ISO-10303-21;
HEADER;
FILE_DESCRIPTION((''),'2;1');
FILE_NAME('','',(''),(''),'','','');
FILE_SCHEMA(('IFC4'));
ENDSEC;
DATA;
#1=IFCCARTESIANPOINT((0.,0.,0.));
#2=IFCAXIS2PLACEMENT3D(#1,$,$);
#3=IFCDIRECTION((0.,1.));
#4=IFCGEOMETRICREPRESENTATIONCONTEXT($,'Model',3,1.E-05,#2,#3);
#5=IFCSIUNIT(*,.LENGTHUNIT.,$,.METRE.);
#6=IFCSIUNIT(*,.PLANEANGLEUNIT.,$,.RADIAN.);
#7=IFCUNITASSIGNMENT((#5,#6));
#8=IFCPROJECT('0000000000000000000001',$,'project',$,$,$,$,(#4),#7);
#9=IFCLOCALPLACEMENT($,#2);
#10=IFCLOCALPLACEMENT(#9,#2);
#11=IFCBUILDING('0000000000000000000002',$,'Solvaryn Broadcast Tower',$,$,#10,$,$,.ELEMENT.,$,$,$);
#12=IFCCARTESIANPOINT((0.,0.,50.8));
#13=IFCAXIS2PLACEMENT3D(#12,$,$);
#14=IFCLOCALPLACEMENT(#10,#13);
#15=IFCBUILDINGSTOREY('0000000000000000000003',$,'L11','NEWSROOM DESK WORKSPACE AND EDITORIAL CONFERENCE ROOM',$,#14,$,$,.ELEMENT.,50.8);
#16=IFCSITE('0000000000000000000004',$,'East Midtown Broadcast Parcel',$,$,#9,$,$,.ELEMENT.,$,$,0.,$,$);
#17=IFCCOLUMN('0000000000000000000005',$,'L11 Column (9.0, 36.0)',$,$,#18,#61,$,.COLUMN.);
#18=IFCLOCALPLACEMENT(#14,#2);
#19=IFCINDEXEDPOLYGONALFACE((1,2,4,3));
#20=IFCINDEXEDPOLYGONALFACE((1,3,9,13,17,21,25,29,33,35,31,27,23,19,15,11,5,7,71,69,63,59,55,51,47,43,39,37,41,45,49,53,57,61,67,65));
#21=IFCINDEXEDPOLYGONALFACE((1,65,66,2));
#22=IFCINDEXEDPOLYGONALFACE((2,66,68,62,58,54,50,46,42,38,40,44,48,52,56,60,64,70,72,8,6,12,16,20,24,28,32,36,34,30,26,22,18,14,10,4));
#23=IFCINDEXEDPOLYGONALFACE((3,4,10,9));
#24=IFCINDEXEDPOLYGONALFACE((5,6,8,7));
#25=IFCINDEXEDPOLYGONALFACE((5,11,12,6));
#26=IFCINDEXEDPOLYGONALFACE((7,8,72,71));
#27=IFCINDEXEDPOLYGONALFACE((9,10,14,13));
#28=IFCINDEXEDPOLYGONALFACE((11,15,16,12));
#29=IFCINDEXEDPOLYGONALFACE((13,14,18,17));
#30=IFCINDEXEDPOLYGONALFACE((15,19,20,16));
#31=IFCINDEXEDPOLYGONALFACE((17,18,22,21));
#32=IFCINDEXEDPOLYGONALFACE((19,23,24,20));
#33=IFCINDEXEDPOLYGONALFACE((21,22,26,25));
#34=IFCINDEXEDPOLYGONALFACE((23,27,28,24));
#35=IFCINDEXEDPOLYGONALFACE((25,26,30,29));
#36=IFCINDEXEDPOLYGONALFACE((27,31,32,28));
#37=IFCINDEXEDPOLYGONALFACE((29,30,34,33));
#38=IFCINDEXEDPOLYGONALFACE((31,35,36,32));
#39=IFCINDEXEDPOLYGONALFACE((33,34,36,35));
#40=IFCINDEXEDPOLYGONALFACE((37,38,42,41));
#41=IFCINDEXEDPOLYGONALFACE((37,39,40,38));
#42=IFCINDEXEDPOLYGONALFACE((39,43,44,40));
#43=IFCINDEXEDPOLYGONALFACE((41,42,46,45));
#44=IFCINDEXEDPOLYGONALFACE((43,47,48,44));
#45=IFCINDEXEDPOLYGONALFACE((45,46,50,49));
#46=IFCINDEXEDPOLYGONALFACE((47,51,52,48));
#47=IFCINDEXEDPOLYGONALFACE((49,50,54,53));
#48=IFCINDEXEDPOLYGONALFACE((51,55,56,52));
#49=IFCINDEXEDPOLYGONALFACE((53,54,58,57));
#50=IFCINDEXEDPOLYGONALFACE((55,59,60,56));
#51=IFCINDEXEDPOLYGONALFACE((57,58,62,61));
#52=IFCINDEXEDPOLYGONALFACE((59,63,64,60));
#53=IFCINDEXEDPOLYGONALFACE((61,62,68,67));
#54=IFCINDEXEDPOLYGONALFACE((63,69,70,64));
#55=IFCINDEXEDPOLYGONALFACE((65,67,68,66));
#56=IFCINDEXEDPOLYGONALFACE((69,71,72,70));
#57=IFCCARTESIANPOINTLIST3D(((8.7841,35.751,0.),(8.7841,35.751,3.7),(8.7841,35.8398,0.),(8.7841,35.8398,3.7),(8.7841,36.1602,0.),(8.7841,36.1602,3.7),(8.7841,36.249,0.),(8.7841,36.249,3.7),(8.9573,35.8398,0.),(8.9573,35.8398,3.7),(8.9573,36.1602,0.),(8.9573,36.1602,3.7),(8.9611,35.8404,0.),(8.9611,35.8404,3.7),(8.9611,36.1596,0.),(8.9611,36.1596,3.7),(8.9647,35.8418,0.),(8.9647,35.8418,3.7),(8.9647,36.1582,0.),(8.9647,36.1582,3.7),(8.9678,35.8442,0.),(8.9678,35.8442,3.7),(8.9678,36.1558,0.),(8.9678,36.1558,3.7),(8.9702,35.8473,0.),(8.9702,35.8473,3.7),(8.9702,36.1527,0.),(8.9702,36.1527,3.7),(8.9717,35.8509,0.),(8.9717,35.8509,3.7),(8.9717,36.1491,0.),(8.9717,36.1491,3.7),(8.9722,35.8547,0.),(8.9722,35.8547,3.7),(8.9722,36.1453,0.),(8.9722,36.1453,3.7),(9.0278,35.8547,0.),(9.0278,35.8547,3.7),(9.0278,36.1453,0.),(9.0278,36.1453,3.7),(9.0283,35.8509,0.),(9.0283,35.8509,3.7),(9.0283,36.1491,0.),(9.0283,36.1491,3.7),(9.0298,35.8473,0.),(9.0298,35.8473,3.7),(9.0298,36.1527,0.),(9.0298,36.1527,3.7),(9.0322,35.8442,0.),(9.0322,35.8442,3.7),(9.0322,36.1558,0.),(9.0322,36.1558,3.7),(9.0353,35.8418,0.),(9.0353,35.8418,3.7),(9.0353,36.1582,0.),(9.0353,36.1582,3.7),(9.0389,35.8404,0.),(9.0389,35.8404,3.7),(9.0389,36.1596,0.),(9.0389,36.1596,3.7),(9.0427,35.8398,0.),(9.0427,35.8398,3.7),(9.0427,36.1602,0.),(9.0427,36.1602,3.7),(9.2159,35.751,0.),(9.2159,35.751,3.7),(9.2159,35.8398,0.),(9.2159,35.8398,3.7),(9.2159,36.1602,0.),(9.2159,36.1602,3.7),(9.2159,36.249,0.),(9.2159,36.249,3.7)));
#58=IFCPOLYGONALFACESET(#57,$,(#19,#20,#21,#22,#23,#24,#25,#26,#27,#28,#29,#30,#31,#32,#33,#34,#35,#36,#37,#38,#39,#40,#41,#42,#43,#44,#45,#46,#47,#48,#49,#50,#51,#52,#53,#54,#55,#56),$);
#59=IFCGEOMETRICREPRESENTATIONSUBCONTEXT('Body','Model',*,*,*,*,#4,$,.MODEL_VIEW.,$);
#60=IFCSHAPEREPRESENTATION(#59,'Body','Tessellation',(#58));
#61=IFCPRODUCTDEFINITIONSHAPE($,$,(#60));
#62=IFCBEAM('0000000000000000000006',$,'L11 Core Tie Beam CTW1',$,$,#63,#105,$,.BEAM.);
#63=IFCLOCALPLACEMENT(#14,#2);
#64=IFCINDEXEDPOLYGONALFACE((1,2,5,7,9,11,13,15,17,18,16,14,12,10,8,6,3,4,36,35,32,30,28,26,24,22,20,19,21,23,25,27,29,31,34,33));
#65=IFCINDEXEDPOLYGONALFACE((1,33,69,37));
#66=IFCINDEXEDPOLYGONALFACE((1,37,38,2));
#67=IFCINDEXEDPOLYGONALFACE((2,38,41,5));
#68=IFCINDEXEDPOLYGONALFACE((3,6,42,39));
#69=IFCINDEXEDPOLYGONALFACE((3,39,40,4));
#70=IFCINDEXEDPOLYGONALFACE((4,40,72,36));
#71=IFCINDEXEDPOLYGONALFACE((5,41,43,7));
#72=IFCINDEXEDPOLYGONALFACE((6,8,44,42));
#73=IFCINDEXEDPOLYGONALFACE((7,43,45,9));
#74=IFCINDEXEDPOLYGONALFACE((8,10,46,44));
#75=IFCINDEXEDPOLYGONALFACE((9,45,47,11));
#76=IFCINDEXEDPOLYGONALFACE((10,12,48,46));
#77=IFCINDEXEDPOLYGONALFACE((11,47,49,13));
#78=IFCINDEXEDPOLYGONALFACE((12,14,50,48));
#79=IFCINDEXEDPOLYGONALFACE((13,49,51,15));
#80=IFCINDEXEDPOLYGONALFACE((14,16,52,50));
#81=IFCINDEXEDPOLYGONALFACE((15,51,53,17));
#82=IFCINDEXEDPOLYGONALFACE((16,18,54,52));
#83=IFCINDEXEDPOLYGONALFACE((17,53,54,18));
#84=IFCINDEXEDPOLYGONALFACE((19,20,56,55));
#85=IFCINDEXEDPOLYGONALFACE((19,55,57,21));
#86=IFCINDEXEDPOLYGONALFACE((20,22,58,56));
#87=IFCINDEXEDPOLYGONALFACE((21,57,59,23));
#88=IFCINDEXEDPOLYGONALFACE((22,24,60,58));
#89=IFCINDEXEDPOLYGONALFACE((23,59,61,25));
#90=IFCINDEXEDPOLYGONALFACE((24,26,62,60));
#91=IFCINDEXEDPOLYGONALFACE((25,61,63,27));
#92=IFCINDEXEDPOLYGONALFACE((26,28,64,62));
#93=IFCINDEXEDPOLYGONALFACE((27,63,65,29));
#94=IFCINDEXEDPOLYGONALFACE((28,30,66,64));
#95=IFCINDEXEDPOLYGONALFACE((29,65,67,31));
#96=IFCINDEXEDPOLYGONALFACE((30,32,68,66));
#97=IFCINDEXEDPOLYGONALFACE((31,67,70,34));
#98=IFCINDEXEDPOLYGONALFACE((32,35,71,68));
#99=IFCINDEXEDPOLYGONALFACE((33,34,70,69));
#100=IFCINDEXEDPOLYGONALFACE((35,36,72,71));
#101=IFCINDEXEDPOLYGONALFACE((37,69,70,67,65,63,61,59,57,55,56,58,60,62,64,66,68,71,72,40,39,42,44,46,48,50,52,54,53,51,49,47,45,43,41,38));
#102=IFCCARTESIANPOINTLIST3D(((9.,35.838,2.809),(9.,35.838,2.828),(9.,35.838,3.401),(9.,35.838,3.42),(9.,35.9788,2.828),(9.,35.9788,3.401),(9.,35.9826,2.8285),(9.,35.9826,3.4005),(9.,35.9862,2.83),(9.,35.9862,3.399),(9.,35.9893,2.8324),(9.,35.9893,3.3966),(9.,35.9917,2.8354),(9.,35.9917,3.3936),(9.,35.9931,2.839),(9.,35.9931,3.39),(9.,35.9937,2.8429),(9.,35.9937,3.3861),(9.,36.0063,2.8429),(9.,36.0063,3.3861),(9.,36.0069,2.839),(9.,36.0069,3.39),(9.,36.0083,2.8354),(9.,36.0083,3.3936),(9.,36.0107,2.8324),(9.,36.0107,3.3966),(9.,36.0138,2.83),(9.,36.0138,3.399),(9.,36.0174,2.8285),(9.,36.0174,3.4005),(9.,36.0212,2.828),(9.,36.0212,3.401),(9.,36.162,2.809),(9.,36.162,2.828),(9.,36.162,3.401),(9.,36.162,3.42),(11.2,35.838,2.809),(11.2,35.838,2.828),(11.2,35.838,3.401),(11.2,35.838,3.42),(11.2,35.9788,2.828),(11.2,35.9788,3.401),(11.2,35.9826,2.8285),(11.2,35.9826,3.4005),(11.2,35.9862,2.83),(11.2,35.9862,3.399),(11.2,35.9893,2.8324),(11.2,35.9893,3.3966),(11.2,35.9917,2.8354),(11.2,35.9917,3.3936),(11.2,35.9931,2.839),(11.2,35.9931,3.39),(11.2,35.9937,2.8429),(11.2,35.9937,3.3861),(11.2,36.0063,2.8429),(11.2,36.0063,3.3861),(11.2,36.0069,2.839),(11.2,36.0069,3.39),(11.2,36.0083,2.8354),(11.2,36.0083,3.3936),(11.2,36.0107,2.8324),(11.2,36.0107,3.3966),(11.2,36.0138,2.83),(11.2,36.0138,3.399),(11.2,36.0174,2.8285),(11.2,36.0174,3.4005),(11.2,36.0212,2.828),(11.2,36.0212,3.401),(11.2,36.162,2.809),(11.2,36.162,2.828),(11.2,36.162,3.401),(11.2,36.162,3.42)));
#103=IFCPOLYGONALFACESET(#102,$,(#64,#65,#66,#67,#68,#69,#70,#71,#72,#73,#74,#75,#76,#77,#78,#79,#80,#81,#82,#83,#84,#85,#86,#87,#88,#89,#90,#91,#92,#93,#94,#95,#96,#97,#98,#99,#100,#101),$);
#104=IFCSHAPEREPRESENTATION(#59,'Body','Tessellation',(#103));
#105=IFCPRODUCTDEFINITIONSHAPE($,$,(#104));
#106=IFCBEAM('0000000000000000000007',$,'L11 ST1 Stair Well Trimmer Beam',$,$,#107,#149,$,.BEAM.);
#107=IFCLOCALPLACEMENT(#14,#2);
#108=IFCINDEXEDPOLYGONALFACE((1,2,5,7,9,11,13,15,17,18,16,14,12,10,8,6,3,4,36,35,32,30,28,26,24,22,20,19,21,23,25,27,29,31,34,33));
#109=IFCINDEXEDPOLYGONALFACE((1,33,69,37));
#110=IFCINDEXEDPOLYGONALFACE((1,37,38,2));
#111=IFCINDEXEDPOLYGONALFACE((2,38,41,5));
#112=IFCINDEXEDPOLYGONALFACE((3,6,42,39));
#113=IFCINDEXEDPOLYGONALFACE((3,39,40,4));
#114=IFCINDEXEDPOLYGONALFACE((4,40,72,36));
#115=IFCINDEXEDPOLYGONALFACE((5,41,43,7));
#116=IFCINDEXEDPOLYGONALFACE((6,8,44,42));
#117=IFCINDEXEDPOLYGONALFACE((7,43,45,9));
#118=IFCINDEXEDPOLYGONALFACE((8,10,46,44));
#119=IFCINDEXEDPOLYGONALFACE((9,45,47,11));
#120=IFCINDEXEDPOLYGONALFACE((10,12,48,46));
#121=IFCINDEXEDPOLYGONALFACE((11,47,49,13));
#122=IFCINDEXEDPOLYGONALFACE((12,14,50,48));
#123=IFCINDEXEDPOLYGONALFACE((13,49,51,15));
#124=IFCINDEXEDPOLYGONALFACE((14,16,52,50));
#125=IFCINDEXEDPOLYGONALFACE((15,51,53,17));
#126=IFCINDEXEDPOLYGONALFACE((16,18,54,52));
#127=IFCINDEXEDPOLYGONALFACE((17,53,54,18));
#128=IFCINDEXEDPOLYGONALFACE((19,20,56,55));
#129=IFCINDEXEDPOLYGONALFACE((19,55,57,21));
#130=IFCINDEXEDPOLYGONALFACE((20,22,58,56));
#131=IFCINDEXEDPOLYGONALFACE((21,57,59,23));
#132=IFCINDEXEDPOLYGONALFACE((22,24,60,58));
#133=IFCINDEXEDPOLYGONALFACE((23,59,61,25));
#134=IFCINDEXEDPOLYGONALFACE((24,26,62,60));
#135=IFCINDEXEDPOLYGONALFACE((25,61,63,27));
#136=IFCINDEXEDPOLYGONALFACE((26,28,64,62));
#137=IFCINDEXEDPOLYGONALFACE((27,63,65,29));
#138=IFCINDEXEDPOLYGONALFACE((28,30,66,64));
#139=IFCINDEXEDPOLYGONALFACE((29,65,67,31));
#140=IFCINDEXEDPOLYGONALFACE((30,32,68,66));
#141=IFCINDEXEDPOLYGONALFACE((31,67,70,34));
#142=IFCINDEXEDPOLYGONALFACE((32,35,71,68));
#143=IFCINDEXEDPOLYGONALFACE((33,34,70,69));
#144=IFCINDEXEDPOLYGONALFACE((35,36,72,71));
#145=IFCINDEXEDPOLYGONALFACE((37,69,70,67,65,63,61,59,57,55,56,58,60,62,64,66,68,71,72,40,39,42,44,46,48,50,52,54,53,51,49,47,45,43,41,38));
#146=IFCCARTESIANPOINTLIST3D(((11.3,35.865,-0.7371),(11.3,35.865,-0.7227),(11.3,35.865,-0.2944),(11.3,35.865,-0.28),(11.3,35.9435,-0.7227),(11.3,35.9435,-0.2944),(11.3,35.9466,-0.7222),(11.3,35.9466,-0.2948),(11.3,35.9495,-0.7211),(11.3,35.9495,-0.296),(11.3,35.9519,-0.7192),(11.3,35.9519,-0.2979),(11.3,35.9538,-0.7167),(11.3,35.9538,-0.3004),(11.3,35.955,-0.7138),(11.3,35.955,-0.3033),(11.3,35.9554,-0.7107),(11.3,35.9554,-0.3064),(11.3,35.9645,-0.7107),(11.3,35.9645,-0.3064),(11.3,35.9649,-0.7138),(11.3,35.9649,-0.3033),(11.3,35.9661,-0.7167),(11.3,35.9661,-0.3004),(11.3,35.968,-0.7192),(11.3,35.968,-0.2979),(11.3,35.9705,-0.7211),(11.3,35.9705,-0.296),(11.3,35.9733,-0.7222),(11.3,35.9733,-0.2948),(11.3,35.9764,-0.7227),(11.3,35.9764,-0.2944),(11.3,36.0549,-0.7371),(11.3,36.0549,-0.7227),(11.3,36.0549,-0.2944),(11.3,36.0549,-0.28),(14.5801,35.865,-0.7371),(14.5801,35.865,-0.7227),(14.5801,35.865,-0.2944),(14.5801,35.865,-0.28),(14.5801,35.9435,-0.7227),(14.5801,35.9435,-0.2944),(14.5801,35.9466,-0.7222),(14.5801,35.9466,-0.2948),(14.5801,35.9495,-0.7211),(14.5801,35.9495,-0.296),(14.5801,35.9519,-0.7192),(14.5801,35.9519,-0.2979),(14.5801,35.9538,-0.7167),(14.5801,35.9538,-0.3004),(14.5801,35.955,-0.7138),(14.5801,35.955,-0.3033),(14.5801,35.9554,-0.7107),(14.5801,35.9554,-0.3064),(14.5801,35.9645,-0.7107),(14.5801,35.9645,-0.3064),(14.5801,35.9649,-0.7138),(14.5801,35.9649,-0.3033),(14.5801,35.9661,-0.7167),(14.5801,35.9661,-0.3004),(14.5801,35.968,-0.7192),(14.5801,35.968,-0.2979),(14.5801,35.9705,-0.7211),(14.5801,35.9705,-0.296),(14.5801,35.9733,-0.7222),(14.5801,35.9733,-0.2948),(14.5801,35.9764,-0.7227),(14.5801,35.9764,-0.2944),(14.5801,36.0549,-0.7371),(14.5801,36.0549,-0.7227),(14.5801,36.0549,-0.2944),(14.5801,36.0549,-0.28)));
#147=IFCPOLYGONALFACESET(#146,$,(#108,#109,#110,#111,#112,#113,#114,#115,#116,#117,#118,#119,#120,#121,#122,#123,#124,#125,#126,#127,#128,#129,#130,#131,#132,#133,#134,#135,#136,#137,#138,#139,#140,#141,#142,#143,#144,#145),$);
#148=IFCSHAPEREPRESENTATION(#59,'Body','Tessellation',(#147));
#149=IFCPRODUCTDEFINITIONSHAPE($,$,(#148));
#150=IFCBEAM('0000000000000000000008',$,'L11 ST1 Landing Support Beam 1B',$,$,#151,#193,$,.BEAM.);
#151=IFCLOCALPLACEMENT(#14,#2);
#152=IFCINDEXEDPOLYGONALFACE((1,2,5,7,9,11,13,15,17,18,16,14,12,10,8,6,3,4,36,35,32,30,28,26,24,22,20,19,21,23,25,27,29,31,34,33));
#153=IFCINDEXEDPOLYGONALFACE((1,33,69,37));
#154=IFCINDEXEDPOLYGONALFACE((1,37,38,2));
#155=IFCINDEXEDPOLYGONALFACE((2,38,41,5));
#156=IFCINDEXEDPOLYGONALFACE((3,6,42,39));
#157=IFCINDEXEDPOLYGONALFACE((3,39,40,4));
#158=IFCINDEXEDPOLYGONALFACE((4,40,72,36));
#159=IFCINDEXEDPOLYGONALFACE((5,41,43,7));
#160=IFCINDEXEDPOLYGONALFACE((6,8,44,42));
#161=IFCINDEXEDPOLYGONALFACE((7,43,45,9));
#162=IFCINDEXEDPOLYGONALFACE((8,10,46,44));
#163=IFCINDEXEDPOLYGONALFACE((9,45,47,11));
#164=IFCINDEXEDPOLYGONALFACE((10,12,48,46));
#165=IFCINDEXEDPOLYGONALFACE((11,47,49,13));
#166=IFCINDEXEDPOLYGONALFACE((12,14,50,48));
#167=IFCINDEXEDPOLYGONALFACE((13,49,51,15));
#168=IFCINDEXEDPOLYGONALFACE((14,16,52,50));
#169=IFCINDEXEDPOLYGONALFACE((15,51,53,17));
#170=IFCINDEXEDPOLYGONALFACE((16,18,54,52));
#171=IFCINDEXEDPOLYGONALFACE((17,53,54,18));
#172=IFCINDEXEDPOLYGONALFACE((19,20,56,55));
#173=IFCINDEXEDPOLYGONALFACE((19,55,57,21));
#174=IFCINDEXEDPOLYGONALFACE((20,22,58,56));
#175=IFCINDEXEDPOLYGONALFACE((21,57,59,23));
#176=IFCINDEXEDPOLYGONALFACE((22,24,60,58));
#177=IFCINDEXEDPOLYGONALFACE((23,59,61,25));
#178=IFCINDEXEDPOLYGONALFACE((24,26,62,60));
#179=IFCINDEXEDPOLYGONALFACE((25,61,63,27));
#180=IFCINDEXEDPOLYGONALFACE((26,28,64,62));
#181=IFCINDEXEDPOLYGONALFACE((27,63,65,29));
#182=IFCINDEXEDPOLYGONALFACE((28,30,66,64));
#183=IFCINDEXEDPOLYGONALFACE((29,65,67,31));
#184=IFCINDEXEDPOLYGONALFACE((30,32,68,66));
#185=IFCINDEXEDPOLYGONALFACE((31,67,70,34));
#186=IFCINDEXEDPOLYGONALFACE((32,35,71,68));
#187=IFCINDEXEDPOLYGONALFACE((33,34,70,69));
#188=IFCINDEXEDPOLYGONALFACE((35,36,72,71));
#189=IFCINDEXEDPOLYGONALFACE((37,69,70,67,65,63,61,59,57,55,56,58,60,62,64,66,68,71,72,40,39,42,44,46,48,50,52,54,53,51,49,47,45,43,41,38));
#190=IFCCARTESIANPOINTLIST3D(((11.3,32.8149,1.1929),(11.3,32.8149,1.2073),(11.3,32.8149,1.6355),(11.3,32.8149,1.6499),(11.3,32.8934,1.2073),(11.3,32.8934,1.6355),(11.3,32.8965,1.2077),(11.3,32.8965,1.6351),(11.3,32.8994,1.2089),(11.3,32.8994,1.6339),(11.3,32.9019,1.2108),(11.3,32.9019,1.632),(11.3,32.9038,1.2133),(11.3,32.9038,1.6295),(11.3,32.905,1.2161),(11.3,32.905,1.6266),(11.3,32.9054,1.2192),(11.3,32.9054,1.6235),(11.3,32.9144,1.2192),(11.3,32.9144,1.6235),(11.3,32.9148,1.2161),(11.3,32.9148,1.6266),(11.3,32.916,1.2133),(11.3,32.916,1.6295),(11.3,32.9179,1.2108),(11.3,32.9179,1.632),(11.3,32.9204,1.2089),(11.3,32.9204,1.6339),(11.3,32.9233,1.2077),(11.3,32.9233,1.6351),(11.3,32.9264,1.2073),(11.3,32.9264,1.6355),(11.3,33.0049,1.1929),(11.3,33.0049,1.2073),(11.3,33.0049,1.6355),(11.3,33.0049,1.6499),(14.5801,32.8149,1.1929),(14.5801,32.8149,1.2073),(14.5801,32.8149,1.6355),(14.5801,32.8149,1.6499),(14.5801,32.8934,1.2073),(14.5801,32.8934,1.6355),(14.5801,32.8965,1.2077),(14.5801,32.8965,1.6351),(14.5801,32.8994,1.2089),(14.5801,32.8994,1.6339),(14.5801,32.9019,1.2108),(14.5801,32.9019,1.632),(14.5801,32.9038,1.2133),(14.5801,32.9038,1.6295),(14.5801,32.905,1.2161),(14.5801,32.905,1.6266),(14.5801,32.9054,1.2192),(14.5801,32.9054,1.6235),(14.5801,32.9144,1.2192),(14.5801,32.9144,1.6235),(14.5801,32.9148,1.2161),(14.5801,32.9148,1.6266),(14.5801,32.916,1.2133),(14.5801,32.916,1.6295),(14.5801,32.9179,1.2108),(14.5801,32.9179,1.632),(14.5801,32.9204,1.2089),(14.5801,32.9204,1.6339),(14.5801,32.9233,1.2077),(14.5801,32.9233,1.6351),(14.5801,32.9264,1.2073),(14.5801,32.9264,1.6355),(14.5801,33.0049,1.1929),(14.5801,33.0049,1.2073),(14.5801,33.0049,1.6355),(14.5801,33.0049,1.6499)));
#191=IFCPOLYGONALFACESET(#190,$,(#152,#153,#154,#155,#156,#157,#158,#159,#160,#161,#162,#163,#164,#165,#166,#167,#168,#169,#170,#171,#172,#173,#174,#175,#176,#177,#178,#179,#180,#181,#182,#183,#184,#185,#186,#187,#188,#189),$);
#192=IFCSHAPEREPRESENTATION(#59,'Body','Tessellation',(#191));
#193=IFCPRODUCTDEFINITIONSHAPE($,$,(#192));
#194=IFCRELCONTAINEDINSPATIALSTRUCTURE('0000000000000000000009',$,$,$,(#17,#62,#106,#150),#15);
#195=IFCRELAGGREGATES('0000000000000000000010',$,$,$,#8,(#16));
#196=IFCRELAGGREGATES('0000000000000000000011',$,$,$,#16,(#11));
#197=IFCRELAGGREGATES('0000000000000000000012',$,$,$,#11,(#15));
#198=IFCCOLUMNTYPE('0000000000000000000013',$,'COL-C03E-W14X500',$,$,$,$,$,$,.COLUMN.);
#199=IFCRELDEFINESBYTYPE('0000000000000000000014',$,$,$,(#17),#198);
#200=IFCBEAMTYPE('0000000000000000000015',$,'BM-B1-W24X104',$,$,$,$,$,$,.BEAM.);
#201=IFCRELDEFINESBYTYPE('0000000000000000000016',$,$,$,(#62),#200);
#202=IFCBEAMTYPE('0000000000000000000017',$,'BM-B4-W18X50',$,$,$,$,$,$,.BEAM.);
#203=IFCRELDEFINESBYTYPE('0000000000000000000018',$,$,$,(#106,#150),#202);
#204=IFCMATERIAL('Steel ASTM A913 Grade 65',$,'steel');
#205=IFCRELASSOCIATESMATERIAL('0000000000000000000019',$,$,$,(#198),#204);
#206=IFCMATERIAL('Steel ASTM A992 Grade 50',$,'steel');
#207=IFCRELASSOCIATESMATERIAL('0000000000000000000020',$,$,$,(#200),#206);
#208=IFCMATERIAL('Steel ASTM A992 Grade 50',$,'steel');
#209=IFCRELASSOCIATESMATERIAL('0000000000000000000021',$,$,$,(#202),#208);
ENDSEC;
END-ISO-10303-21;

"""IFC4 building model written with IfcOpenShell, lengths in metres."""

from ifc_helpers import new_model, si_unit, direction, frame, origin, origin_2d, place, context, subcontext, project, spatial, i_section, extrude, material, material_profile, profile_set, type_object, element, save


model = new_model("IFC4")

# Units and contexts
model_context = context("Model", 3, precision=1e-05, world=origin(), true_north=direction((0.0, 1.0)))
body_context = subcontext(model_context, "Body", "Model", "MODEL_VIEW")
ifc_project = project(units=[si_unit("LENGTHUNIT", "METRE"), si_unit("PLANEANGLEUNIT", "RADIAN")], contexts=[model_context])

# Site, building, storey
site_placement = place(None, origin())
site = spatial("IfcSite", under=ifc_project, at=site_placement, Name="East Midtown Broadcast Parcel", CompositionType="ELEMENT", RefElevation=0.0)
building_placement = place(site_placement, origin())
building = spatial("IfcBuilding", under=site, at=building_placement, Name="Solvaryn Broadcast Tower", CompositionType="ELEMENT")
storey_placement = place(building_placement, frame((0.0, 0.0, 50.8)))
storey = spatial("IfcBuildingStorey", under=building, at=storey_placement, Name="L11", Description="NEWSROOM DESK WORKSPACE AND EDITORIAL CONFERENCE ROOM", CompositionType="ELEMENT", Elevation=50.8)

# Column
ifc_material_1 = material(Name="Steel ASTM A913 Grade 65", Category="steel")
ifc_material_profile_1 = material_profile(ifc_material_1, i_section(OverallWidth=0.4319, OverallDepth=0.498, WebThickness=0.0557, FlangeThickness=0.0889, FilletRadius=0.0149, at=origin_2d()))
ifc_profile_set_1 = profile_set([ifc_material_profile_1], Name="Steel ASTM A913 Grade 65")
column_type = type_object("IfcColumnType", Name="COL-C03E-W14X500", PredefinedType="COLUMN", material=ifc_profile_set_1)
column_placement = place(storey_placement, frame((9.0, 36.0, 0.0), z_axis=(0.0, 0.0, 1.0), x_axis=(1.0, 0.0, 0.0)))
element("IfcColumn", 1, at=column_placement, inside=storey, type_object=column_type, Name="L11 Column (9.0, 36.0)", PredefinedType="COLUMN", context=body_context, shape_type="SweptSolid", body=[
    extrude(i_section(OverallWidth=0.4319, OverallDepth=0.498, WebThickness=0.0557, FlangeThickness=0.0889, FilletRadius=0.0149, at=origin_2d()), origin(), (0.0, 0.0, 1.0), 3.7),
])

# Beams
ifc_material_2 = material(Name="Steel ASTM A992 Grade 50", Category="steel")
ifc_material_profile_2 = material_profile(ifc_material_2, i_section(OverallWidth=0.324, OverallDepth=0.6111, WebThickness=0.0127, FlangeThickness=0.019, FilletRadius=0.0149, at=origin_2d()))
ifc_profile_set_2 = profile_set([ifc_material_profile_2], Name="Steel ASTM A992 Grade 50")
beam_type_1 = type_object("IfcBeamType", Name="BM-B1-W24X104", PredefinedType="BEAM", material=ifc_profile_set_2)
beam_1_placement = place(storey_placement, frame((9.0, 36.0, 3.1145), z_axis=(1.0, 0.0, 0.0), x_axis=(0.0, 1.0, 0.0)))
element("IfcBeam", 2, at=beam_1_placement, inside=storey, type_object=beam_type_1, Name="L11 Core Tie Beam CTW1", PredefinedType="BEAM", context=body_context, shape_type="SweptSolid", body=[
    extrude(i_section(OverallWidth=0.324, OverallDepth=0.6111, WebThickness=0.0127, FlangeThickness=0.019, FilletRadius=0.0149, at=origin_2d()), origin(), (0.0, 0.0, 1.0), 2.2),
])
ifc_material_3 = material(Name="Steel ASTM A992 Grade 50", Category="steel")
ifc_material_profile_3 = material_profile(ifc_material_3, i_section(OverallWidth=0.1899, OverallDepth=0.457, WebThickness=0.009, FlangeThickness=0.0144, FilletRadius=0.012, at=origin_2d()))
ifc_profile_set_3 = profile_set([ifc_material_profile_3], Name="Steel ASTM A992 Grade 50")
beam_type_2 = type_object("IfcBeamType", Name="BM-B4-W18X50", PredefinedType="BEAM", material=ifc_profile_set_3)
for number, where, z_axis, x_axis, name in (
    (3, (11.3, 35.96, -0.5085), (1.0, 0.0, 0.0), (0.0, 1.0, 0.0), "L11 ST1 Stair Well Trimmer Beam"),
    (4, (11.3, 32.9099, 1.4214), (1.0, 0.0, 0.0), (0.0, 1.0, 0.0), "L11 ST1 Landing Support Beam 1B"),
):
    element("IfcBeam", number, at=place(storey_placement, frame(where, z_axis=z_axis, x_axis=x_axis)), inside=storey, type_object=beam_type_2, Name=name, PredefinedType="BEAM", context=body_context, shape_type="SweptSolid", body=[
        extrude(i_section(OverallWidth=0.1899, OverallDepth=0.457, WebThickness=0.009, FlangeThickness=0.0144, FilletRadius=0.012, at=origin_2d()), origin(), (0.0, 0.0, 1.0), 3.28),
    ])

save(model, "model.ifc")
